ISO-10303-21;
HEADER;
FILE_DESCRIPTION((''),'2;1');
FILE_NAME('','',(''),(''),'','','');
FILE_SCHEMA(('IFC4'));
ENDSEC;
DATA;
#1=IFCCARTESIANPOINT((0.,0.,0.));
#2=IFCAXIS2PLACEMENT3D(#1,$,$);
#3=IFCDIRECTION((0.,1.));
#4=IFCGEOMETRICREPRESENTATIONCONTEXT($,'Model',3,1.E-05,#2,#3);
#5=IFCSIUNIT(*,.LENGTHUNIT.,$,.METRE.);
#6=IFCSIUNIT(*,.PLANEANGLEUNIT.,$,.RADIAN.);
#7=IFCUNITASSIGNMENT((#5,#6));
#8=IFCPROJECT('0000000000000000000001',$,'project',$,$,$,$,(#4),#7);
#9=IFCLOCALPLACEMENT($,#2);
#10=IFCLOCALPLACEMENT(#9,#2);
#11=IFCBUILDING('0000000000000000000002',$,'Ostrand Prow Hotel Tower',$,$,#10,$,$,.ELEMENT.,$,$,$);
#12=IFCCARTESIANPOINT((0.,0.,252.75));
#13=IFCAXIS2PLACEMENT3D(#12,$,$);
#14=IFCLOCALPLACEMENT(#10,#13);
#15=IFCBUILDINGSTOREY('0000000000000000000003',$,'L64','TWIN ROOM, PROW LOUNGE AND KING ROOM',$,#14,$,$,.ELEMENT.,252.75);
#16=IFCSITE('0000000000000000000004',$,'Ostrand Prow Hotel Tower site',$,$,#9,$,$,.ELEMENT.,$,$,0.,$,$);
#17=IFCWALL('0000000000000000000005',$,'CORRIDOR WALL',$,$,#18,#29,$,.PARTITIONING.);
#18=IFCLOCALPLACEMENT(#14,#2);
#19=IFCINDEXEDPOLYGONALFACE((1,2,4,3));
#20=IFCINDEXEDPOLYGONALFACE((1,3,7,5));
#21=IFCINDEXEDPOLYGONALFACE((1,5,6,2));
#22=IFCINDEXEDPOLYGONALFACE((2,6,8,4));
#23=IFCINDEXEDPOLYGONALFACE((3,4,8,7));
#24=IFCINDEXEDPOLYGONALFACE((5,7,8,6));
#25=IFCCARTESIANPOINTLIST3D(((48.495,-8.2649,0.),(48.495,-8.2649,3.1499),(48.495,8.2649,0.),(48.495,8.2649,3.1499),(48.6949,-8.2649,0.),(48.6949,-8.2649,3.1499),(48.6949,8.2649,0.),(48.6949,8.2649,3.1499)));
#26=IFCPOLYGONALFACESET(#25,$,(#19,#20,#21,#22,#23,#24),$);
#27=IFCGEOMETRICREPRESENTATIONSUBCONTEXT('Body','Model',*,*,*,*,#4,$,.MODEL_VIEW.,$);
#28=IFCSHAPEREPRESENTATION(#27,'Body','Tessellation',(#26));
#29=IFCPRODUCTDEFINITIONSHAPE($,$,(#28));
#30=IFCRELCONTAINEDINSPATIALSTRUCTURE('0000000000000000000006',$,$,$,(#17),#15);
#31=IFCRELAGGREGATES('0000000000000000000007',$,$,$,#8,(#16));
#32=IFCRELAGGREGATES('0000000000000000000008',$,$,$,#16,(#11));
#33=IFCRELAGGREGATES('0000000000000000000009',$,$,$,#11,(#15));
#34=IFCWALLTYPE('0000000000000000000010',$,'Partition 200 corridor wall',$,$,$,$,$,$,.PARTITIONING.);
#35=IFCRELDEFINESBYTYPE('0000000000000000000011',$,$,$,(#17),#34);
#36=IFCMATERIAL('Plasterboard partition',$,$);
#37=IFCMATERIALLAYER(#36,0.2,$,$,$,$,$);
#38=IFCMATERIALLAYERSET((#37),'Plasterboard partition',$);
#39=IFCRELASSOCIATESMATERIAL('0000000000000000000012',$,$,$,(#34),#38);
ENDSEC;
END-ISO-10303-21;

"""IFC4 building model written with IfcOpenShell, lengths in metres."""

from ifc_helpers import new_model, si_unit, direction, frame, frame_2d, origin, place, context, subcontext, project, spatial, rectangle, extrude, material, layer, layer_set, type_object, element, save


model = new_model("IFC4")

# Units and contexts
model_context = context("Model", 3, precision=1e-05, world=origin(), true_north=direction((0.0, 1.0)))
body_context = subcontext(model_context, "Body", "Model", "MODEL_VIEW")
ifc_project = project(units=[si_unit("LENGTHUNIT", "METRE"), si_unit("PLANEANGLEUNIT", "RADIAN")], contexts=[model_context])

# Site, building, storey
site_placement = place(None, origin())
site = spatial("IfcSite", under=ifc_project, at=site_placement, Name="Ostrand Prow Hotel Tower site", CompositionType="ELEMENT", RefElevation=0.0)
building_placement = place(site_placement, origin())
building = spatial("IfcBuilding", under=site, at=building_placement, Name="Ostrand Prow Hotel Tower", CompositionType="ELEMENT")
storey_placement = place(building_placement, frame((0.0, 0.0, 252.75)))
storey = spatial("IfcBuildingStorey", under=building, at=storey_placement, Name="L64", Description="TWIN ROOM, PROW LOUNGE AND KING ROOM", CompositionType="ELEMENT", Elevation=252.75)

# Shared definitions
ifc_material_1 = material(Name="Plasterboard partition")
ifc_layer_1 = layer(ifc_material_1, 0.2)
ifc_layer_set_1 = layer_set([ifc_layer_1], Name="Plasterboard partition")
wall_type_1 = type_object("IfcWallType", Name="Partition 200 corridor wall", PredefinedType="PARTITIONING", material=ifc_layer_set_1)

# Wall
wall_1_placement = place(storey_placement, frame((48.595, 8.2649, 0.0), z_axis=(0.0, 0.0, 1.0), x_axis=(0.0, -1.0, 0.0)))
element("IfcWall", 1, at=wall_1_placement, inside=storey, type_object=wall_type_1, Name="CORRIDOR WALL", PredefinedType="PARTITIONING", context=body_context, shape_type="SweptSolid", body=[
    extrude(rectangle(XDim=16.5298, YDim=0.2, at=frame_2d((8.2649, 0.0))), origin(), (0.0, 0.0, 1.0), 3.1499),
])

save(model, "model.ifc")
